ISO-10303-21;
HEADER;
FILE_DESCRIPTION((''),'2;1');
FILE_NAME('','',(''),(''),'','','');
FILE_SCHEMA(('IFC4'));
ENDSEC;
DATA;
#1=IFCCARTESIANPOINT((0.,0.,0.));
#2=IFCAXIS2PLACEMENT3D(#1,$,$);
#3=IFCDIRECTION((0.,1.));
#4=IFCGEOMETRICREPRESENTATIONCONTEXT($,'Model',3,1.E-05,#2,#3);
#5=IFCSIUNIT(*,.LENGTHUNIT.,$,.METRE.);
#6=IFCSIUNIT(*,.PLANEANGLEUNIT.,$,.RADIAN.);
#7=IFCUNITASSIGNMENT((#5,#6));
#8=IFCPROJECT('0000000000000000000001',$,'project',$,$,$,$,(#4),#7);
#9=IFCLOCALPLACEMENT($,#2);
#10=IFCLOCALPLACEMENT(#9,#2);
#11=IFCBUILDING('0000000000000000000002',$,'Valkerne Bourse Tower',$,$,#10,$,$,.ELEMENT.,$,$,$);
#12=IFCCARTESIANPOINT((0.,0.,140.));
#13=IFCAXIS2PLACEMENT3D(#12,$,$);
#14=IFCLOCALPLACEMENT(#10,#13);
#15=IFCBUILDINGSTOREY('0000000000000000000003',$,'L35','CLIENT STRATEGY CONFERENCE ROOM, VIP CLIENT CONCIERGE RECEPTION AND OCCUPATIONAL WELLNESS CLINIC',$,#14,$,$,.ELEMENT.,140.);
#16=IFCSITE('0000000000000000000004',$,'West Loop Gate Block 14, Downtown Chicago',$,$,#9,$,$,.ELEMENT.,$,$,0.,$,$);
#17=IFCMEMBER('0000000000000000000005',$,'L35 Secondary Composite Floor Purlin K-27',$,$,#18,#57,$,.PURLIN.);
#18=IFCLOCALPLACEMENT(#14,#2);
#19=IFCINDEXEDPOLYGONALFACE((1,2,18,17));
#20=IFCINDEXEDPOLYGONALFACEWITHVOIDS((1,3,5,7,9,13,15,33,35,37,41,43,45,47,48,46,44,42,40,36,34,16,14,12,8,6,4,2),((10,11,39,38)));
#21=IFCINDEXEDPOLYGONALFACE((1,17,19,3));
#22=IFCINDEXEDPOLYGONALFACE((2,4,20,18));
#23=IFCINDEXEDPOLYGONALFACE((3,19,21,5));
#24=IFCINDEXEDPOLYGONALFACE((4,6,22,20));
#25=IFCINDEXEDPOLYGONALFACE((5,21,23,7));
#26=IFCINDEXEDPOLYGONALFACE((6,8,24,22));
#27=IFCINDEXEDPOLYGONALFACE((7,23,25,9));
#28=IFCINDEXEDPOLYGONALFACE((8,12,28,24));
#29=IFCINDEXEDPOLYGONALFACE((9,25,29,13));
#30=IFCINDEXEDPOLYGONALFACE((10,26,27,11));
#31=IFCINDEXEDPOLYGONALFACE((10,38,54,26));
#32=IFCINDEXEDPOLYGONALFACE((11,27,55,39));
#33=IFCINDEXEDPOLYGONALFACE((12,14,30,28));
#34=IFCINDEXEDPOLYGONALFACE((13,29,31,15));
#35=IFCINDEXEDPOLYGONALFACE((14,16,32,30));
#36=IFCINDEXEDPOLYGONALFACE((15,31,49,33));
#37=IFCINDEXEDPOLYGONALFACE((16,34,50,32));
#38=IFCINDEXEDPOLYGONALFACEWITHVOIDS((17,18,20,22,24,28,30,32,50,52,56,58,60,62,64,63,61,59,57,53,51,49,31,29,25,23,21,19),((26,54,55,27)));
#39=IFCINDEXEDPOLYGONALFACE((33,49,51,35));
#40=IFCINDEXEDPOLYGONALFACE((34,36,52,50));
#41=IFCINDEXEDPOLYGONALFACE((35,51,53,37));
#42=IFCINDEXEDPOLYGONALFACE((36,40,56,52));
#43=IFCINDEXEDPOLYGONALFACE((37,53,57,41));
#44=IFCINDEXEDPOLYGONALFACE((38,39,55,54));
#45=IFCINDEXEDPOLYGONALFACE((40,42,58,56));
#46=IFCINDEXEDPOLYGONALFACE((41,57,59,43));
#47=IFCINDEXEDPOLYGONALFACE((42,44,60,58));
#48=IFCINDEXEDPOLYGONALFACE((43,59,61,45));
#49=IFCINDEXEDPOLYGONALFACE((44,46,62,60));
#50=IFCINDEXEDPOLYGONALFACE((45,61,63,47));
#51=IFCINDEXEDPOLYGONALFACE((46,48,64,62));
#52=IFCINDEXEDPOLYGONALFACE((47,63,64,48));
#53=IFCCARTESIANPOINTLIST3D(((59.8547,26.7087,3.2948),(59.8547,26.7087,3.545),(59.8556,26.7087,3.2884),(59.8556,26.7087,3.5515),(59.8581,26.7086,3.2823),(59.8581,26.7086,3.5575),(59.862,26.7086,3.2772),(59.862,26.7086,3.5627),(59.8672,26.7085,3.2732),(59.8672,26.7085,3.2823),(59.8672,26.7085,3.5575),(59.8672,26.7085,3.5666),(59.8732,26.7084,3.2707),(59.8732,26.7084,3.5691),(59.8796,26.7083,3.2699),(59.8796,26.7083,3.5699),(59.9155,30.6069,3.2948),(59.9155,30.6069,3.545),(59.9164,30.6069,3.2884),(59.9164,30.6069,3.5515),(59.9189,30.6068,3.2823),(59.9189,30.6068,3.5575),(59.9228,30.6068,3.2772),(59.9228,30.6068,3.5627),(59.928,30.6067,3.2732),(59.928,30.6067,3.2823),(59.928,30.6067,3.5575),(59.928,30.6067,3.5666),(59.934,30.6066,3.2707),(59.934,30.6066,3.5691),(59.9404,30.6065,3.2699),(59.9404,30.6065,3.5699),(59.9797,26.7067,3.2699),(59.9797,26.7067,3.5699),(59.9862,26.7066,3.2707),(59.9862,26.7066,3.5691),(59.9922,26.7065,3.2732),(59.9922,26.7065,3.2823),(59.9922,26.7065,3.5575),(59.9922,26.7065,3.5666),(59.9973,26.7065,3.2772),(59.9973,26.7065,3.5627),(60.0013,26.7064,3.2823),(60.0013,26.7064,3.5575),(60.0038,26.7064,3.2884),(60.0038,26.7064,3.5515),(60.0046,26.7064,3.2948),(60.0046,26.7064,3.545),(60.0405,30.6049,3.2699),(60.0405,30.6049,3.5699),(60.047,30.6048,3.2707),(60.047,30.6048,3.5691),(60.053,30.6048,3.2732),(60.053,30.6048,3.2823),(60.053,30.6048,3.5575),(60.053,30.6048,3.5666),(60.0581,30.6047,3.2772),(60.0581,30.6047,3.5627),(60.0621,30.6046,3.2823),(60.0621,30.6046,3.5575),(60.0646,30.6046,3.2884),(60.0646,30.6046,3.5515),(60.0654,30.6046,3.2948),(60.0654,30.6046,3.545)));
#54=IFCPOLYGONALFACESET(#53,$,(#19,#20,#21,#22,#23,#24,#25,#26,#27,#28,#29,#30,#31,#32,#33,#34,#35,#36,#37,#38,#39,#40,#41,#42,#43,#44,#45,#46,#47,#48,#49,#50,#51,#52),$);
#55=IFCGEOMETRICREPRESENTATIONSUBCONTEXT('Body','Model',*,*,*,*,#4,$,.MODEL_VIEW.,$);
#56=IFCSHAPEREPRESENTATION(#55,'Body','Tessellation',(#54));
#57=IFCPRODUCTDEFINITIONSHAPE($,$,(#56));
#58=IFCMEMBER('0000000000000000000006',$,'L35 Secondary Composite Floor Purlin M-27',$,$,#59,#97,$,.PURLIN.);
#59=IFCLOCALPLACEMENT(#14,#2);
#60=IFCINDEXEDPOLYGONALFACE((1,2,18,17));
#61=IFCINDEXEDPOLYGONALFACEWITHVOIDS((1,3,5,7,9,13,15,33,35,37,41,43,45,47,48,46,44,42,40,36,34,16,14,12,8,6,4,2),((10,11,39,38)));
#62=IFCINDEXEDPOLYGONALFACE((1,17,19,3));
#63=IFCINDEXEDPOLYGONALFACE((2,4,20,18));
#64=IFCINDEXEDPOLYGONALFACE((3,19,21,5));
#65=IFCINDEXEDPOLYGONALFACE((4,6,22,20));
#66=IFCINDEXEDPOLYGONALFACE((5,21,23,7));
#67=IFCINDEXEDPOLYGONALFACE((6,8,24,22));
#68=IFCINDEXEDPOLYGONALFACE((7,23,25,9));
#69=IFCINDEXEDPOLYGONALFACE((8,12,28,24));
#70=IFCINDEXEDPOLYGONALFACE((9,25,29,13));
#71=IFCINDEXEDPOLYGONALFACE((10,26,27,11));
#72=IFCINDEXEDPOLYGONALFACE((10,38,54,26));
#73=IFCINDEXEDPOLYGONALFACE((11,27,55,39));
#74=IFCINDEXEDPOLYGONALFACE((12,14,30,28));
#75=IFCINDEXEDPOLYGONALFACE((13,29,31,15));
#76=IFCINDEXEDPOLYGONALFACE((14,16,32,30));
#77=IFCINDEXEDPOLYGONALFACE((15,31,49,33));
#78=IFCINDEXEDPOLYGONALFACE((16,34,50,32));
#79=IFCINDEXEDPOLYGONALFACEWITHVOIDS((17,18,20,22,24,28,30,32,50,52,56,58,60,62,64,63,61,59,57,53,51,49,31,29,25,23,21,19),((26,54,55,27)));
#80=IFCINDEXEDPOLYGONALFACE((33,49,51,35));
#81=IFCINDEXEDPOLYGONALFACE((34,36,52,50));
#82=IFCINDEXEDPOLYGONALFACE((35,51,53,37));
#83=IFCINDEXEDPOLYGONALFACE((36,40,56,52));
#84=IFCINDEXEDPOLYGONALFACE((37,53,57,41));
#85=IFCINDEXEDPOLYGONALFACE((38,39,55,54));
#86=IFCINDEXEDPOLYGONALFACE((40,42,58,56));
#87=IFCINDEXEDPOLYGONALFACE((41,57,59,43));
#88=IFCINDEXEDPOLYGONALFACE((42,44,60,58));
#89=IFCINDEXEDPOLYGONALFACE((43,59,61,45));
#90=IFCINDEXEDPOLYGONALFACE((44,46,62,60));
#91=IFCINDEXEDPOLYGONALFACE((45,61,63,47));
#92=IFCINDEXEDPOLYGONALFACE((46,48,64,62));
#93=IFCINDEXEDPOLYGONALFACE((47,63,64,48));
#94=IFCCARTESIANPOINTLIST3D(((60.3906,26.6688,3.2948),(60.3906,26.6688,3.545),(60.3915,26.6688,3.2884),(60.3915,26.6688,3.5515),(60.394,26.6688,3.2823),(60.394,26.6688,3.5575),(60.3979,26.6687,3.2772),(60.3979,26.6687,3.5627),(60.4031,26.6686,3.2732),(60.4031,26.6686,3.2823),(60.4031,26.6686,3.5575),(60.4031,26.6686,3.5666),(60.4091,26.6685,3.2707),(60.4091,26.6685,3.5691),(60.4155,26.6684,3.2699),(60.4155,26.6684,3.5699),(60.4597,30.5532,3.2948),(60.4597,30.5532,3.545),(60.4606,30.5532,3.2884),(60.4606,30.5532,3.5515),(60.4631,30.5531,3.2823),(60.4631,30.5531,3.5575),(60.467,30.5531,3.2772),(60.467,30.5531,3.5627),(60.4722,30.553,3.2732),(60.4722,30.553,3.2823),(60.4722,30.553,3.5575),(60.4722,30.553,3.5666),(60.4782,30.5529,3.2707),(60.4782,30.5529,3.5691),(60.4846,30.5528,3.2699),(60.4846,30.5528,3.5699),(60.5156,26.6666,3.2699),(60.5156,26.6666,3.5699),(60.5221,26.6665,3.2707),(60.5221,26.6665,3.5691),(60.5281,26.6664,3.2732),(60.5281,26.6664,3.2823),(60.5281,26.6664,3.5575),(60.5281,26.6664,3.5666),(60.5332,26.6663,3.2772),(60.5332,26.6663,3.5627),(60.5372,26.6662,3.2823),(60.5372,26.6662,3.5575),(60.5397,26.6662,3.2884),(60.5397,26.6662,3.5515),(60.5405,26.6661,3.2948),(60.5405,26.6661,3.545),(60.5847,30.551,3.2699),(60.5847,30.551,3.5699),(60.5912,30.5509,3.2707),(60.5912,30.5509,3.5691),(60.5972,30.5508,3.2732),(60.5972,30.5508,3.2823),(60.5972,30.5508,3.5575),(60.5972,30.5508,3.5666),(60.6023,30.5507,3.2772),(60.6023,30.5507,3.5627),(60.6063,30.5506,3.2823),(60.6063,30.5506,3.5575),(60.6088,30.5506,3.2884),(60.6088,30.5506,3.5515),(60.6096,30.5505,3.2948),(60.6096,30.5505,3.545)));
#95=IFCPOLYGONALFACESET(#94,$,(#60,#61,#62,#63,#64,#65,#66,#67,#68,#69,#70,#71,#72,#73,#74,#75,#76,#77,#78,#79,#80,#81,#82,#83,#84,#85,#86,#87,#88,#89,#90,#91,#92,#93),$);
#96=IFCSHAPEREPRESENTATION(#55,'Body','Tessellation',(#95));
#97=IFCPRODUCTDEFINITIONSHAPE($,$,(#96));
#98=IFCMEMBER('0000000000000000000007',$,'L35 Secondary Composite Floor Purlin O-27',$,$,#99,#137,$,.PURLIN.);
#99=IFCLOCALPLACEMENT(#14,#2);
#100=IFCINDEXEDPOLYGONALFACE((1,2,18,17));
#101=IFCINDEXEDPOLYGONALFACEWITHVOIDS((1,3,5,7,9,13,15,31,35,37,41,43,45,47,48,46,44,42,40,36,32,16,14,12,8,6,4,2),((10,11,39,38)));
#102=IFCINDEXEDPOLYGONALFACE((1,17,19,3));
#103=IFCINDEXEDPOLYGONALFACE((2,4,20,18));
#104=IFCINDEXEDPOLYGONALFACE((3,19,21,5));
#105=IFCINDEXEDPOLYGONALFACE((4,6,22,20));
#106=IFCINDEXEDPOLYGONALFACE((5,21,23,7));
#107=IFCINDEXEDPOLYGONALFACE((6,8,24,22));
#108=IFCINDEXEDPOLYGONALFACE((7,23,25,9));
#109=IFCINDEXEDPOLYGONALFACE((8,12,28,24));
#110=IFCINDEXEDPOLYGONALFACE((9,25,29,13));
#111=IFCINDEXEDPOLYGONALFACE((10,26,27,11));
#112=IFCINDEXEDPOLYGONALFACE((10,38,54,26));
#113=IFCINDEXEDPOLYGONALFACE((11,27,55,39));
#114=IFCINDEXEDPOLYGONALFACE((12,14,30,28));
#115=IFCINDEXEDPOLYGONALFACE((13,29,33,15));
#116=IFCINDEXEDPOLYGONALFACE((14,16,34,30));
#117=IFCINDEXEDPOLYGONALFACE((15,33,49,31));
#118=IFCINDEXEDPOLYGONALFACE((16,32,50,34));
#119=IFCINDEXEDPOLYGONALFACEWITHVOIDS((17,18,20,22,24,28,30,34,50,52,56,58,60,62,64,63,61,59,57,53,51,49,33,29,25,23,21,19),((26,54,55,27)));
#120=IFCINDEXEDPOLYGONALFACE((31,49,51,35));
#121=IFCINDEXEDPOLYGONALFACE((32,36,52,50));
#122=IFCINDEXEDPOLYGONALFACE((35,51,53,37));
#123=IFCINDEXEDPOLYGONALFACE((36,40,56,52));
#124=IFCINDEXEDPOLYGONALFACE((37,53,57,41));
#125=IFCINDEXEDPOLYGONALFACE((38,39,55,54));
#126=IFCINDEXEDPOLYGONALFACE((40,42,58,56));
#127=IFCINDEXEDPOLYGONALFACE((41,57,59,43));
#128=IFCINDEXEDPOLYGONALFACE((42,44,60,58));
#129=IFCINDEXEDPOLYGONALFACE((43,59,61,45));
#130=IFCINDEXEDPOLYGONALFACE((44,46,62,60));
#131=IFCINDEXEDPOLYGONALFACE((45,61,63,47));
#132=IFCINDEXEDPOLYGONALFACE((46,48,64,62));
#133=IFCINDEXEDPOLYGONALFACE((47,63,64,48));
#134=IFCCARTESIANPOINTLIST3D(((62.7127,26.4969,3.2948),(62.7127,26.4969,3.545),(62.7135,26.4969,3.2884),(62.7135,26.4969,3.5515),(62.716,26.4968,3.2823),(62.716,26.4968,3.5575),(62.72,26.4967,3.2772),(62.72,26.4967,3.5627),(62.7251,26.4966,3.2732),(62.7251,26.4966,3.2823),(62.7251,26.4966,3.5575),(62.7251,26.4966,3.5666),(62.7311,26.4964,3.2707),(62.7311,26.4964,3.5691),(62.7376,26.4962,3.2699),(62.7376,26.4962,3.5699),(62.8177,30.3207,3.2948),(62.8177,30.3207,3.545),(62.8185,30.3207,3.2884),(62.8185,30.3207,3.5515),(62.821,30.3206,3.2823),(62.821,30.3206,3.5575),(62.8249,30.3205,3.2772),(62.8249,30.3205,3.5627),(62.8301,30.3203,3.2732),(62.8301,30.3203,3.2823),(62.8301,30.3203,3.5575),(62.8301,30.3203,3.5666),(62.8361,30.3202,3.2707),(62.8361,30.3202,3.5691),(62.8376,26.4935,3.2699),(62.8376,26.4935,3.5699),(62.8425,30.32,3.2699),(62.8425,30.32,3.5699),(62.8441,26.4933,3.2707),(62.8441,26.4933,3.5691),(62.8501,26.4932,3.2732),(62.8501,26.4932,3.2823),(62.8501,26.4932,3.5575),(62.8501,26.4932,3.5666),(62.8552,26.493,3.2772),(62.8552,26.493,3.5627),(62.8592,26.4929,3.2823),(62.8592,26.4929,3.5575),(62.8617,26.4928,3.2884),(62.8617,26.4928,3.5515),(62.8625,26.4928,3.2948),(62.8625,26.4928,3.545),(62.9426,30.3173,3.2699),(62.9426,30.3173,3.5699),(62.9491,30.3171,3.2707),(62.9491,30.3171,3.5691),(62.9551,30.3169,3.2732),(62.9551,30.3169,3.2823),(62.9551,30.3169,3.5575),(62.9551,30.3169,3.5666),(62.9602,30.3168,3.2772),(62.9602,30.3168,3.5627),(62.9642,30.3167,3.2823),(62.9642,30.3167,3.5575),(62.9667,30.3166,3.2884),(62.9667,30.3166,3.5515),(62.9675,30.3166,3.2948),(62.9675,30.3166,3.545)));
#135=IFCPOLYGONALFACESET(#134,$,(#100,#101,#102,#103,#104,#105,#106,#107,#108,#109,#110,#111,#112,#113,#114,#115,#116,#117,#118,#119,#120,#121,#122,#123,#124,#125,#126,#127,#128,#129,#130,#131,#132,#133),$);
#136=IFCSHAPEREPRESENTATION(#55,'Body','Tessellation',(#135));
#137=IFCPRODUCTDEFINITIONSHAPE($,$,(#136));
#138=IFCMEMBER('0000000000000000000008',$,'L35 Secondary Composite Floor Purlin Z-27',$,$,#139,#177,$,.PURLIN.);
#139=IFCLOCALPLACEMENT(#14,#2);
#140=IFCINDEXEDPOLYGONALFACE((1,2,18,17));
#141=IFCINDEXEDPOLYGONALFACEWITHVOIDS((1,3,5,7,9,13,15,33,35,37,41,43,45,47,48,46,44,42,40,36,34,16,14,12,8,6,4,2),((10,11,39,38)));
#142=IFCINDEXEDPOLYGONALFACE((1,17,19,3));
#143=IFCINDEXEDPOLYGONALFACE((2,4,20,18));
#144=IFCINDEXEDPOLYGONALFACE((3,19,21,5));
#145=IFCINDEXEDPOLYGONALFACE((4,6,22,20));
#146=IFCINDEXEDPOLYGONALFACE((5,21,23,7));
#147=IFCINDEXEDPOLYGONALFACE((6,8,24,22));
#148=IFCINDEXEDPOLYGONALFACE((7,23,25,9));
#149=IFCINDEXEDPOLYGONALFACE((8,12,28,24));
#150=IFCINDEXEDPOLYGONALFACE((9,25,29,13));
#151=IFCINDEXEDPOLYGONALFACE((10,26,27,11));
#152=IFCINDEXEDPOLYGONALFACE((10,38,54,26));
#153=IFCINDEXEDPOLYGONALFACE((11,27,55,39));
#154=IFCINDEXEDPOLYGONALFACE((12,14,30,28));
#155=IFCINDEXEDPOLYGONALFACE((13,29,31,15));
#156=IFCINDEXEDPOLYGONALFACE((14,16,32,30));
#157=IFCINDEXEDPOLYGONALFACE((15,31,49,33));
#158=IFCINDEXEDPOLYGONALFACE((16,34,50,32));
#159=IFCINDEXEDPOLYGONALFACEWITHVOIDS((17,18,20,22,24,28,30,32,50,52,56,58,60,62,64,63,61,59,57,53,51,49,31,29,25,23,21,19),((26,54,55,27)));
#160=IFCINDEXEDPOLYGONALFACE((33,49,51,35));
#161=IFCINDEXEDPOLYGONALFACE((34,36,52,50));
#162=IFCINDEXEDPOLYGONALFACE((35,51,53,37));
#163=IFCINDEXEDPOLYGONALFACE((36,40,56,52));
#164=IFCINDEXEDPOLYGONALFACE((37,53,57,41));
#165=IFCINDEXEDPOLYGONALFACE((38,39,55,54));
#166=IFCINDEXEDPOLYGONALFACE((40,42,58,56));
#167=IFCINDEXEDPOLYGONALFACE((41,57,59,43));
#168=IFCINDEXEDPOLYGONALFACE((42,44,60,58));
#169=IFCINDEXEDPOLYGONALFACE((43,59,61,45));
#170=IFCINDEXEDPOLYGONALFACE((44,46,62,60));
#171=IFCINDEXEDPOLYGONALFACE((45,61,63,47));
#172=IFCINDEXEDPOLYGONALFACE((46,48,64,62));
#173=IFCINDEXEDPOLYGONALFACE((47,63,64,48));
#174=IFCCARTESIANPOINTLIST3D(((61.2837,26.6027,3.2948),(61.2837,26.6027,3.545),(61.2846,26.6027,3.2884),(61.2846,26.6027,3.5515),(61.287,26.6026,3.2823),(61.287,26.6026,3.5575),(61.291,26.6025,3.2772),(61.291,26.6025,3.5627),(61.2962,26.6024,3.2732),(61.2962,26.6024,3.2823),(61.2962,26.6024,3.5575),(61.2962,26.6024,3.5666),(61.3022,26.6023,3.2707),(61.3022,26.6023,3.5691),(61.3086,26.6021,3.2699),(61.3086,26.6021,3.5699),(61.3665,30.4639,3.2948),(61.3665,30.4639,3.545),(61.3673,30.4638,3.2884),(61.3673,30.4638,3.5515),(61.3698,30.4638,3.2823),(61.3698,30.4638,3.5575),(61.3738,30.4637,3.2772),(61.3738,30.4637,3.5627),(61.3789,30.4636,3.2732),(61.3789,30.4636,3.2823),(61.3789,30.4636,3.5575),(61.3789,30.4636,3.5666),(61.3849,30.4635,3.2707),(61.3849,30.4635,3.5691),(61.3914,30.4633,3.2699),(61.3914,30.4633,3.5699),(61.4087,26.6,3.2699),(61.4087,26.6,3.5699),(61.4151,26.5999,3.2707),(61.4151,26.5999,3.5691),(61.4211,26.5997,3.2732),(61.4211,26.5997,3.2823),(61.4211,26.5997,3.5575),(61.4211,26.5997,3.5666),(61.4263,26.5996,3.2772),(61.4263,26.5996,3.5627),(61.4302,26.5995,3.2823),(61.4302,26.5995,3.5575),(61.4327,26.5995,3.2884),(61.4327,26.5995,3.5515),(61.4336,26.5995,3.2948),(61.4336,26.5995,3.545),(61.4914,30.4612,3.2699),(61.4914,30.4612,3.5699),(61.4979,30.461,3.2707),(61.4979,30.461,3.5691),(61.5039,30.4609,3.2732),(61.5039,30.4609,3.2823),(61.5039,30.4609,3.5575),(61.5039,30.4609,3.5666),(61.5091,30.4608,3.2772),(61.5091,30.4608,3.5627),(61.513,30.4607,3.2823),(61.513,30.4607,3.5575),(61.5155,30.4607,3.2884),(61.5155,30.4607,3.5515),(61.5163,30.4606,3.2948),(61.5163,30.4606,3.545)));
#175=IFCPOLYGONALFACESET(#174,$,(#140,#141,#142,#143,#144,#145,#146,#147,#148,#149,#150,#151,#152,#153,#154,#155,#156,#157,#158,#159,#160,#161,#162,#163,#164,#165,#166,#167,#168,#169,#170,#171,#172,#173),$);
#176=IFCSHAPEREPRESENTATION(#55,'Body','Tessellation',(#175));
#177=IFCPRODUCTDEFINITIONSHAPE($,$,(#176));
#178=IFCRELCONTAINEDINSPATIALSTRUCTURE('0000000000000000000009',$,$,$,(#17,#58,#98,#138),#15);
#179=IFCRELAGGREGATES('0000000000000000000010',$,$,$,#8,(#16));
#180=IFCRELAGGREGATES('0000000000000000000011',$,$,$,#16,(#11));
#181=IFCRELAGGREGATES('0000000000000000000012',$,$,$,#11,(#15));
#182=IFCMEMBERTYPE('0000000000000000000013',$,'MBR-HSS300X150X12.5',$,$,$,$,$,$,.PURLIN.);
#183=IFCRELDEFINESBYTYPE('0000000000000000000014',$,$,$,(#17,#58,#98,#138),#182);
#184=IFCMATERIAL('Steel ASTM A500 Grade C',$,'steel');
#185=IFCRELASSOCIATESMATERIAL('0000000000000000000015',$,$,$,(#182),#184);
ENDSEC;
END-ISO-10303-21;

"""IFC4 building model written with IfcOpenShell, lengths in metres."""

from ifc_helpers import new_model, si_unit, direction, frame, origin, origin_2d, place, context, subcontext, project, spatial, hollow_rectangle, extrude, material, material_profile, profile_set, type_object, element, save


model = new_model("IFC4")

# Units and contexts
model_context = context("Model", 3, precision=1e-05, world=origin(), true_north=direction((0.0, 1.0)))
body_context = subcontext(model_context, "Body", "Model", "MODEL_VIEW")
ifc_project = project(units=[si_unit("LENGTHUNIT", "METRE"), si_unit("PLANEANGLEUNIT", "RADIAN")], contexts=[model_context])

# Site, building, storey
site_placement = place(None, origin())
site = spatial("IfcSite", under=ifc_project, at=site_placement, Name="West Loop Gate Block 14, Downtown Chicago", CompositionType="ELEMENT", RefElevation=0.0)
building_placement = place(site_placement, origin())
building = spatial("IfcBuilding", under=site, at=building_placement, Name="Valkerne Bourse Tower", CompositionType="ELEMENT")
storey_placement = place(building_placement, frame((0.0, 0.0, 140.0)))
storey = spatial("IfcBuildingStorey", under=building, at=storey_placement, Name="L35", Description="CLIENT STRATEGY CONFERENCE ROOM, VIP CLIENT CONCIERGE RECEPTION AND OCCUPATIONAL WELLNESS CLINIC", CompositionType="ELEMENT", Elevation=140.0)

# Members
ifc_material_1 = material(Name="Steel ASTM A500 Grade C", Category="steel")
ifc_material_profile_1 = material_profile(ifc_material_1, hollow_rectangle(XDim=0.1499, YDim=0.3, WallThickness=0.0125, OuterFilletRadius=0.0249, at=origin_2d()), Name="HSS300X150X12.5")
ifc_profile_set_1 = profile_set([ifc_material_profile_1], Name="Steel ASTM A500 Grade C")
member_type_1 = type_object("IfcMemberType", Name="MBR-HSS300X150X12.5", PredefinedType="PURLIN", material=ifc_profile_set_1)
member_1_placement = place(storey_placement, frame((59.9297, 26.7075, 3.4199), z_axis=(0.015593, 0.999878, 0.0), x_axis=(-0.999878, 0.015593, 0.0)))
element("IfcMember", 1, at=member_1_placement, inside=storey, type_object=member_type_1, Name="L35 Secondary Composite Floor Purlin K-27", PredefinedType="PURLIN", context=body_context, shape_type="SweptSolid", body=[
    extrude(hollow_rectangle(XDim=0.1499, YDim=0.3, WallThickness=0.0125, OuterFilletRadius=0.0249, at=origin_2d()), origin(), (0.0, 0.0, 1.0), 3.8987),
])
member_2_placement = place(storey_placement, frame((60.4656, 26.6675, 3.4199), z_axis=(0.017785, 0.999842, 0.0), x_axis=(-0.999842, 0.017785, 0.0)))
element("IfcMember", 2, at=member_2_placement, inside=storey, type_object=member_type_1, Name="L35 Secondary Composite Floor Purlin M-27", PredefinedType="PURLIN", context=body_context, shape_type="SweptSolid", body=[
    extrude(hollow_rectangle(XDim=0.1499, YDim=0.3, WallThickness=0.0125, OuterFilletRadius=0.0249, at=origin_2d()), origin(), (0.0, 0.0, 1.0), 3.885),
])
member_3_placement = place(storey_placement, frame((62.7876, 26.4949, 3.4199), z_axis=(0.027445, 0.999623, 0.0), x_axis=(-0.999623, 0.027445, 0.0)))
element("IfcMember", 3, at=member_3_placement, inside=storey, type_object=member_type_1, Name="L35 Secondary Composite Floor Purlin O-27", PredefinedType="PURLIN", context=body_context, shape_type="SweptSolid", body=[
    extrude(hollow_rectangle(XDim=0.1499, YDim=0.3, WallThickness=0.0125, OuterFilletRadius=0.0249, at=origin_2d()), origin(), (0.0, 0.0, 1.0), 3.8252),
])
member_4_placement = place(storey_placement, frame((61.3586, 26.6011, 3.4199), z_axis=(0.02143, 0.99977, 0.0), x_axis=(-0.99977, 0.02143, 0.0)))
element("IfcMember", 4, at=member_4_placement, inside=storey, type_object=member_type_1, Name="L35 Secondary Composite Floor Purlin Z-27", PredefinedType="PURLIN", context=body_context, shape_type="SweptSolid", body=[
    extrude(hollow_rectangle(XDim=0.1499, YDim=0.3, WallThickness=0.0125, OuterFilletRadius=0.0249, at=origin_2d()), origin(), (0.0, 0.0, 1.0), 3.8621),
])

save(model, "model.ifc")
